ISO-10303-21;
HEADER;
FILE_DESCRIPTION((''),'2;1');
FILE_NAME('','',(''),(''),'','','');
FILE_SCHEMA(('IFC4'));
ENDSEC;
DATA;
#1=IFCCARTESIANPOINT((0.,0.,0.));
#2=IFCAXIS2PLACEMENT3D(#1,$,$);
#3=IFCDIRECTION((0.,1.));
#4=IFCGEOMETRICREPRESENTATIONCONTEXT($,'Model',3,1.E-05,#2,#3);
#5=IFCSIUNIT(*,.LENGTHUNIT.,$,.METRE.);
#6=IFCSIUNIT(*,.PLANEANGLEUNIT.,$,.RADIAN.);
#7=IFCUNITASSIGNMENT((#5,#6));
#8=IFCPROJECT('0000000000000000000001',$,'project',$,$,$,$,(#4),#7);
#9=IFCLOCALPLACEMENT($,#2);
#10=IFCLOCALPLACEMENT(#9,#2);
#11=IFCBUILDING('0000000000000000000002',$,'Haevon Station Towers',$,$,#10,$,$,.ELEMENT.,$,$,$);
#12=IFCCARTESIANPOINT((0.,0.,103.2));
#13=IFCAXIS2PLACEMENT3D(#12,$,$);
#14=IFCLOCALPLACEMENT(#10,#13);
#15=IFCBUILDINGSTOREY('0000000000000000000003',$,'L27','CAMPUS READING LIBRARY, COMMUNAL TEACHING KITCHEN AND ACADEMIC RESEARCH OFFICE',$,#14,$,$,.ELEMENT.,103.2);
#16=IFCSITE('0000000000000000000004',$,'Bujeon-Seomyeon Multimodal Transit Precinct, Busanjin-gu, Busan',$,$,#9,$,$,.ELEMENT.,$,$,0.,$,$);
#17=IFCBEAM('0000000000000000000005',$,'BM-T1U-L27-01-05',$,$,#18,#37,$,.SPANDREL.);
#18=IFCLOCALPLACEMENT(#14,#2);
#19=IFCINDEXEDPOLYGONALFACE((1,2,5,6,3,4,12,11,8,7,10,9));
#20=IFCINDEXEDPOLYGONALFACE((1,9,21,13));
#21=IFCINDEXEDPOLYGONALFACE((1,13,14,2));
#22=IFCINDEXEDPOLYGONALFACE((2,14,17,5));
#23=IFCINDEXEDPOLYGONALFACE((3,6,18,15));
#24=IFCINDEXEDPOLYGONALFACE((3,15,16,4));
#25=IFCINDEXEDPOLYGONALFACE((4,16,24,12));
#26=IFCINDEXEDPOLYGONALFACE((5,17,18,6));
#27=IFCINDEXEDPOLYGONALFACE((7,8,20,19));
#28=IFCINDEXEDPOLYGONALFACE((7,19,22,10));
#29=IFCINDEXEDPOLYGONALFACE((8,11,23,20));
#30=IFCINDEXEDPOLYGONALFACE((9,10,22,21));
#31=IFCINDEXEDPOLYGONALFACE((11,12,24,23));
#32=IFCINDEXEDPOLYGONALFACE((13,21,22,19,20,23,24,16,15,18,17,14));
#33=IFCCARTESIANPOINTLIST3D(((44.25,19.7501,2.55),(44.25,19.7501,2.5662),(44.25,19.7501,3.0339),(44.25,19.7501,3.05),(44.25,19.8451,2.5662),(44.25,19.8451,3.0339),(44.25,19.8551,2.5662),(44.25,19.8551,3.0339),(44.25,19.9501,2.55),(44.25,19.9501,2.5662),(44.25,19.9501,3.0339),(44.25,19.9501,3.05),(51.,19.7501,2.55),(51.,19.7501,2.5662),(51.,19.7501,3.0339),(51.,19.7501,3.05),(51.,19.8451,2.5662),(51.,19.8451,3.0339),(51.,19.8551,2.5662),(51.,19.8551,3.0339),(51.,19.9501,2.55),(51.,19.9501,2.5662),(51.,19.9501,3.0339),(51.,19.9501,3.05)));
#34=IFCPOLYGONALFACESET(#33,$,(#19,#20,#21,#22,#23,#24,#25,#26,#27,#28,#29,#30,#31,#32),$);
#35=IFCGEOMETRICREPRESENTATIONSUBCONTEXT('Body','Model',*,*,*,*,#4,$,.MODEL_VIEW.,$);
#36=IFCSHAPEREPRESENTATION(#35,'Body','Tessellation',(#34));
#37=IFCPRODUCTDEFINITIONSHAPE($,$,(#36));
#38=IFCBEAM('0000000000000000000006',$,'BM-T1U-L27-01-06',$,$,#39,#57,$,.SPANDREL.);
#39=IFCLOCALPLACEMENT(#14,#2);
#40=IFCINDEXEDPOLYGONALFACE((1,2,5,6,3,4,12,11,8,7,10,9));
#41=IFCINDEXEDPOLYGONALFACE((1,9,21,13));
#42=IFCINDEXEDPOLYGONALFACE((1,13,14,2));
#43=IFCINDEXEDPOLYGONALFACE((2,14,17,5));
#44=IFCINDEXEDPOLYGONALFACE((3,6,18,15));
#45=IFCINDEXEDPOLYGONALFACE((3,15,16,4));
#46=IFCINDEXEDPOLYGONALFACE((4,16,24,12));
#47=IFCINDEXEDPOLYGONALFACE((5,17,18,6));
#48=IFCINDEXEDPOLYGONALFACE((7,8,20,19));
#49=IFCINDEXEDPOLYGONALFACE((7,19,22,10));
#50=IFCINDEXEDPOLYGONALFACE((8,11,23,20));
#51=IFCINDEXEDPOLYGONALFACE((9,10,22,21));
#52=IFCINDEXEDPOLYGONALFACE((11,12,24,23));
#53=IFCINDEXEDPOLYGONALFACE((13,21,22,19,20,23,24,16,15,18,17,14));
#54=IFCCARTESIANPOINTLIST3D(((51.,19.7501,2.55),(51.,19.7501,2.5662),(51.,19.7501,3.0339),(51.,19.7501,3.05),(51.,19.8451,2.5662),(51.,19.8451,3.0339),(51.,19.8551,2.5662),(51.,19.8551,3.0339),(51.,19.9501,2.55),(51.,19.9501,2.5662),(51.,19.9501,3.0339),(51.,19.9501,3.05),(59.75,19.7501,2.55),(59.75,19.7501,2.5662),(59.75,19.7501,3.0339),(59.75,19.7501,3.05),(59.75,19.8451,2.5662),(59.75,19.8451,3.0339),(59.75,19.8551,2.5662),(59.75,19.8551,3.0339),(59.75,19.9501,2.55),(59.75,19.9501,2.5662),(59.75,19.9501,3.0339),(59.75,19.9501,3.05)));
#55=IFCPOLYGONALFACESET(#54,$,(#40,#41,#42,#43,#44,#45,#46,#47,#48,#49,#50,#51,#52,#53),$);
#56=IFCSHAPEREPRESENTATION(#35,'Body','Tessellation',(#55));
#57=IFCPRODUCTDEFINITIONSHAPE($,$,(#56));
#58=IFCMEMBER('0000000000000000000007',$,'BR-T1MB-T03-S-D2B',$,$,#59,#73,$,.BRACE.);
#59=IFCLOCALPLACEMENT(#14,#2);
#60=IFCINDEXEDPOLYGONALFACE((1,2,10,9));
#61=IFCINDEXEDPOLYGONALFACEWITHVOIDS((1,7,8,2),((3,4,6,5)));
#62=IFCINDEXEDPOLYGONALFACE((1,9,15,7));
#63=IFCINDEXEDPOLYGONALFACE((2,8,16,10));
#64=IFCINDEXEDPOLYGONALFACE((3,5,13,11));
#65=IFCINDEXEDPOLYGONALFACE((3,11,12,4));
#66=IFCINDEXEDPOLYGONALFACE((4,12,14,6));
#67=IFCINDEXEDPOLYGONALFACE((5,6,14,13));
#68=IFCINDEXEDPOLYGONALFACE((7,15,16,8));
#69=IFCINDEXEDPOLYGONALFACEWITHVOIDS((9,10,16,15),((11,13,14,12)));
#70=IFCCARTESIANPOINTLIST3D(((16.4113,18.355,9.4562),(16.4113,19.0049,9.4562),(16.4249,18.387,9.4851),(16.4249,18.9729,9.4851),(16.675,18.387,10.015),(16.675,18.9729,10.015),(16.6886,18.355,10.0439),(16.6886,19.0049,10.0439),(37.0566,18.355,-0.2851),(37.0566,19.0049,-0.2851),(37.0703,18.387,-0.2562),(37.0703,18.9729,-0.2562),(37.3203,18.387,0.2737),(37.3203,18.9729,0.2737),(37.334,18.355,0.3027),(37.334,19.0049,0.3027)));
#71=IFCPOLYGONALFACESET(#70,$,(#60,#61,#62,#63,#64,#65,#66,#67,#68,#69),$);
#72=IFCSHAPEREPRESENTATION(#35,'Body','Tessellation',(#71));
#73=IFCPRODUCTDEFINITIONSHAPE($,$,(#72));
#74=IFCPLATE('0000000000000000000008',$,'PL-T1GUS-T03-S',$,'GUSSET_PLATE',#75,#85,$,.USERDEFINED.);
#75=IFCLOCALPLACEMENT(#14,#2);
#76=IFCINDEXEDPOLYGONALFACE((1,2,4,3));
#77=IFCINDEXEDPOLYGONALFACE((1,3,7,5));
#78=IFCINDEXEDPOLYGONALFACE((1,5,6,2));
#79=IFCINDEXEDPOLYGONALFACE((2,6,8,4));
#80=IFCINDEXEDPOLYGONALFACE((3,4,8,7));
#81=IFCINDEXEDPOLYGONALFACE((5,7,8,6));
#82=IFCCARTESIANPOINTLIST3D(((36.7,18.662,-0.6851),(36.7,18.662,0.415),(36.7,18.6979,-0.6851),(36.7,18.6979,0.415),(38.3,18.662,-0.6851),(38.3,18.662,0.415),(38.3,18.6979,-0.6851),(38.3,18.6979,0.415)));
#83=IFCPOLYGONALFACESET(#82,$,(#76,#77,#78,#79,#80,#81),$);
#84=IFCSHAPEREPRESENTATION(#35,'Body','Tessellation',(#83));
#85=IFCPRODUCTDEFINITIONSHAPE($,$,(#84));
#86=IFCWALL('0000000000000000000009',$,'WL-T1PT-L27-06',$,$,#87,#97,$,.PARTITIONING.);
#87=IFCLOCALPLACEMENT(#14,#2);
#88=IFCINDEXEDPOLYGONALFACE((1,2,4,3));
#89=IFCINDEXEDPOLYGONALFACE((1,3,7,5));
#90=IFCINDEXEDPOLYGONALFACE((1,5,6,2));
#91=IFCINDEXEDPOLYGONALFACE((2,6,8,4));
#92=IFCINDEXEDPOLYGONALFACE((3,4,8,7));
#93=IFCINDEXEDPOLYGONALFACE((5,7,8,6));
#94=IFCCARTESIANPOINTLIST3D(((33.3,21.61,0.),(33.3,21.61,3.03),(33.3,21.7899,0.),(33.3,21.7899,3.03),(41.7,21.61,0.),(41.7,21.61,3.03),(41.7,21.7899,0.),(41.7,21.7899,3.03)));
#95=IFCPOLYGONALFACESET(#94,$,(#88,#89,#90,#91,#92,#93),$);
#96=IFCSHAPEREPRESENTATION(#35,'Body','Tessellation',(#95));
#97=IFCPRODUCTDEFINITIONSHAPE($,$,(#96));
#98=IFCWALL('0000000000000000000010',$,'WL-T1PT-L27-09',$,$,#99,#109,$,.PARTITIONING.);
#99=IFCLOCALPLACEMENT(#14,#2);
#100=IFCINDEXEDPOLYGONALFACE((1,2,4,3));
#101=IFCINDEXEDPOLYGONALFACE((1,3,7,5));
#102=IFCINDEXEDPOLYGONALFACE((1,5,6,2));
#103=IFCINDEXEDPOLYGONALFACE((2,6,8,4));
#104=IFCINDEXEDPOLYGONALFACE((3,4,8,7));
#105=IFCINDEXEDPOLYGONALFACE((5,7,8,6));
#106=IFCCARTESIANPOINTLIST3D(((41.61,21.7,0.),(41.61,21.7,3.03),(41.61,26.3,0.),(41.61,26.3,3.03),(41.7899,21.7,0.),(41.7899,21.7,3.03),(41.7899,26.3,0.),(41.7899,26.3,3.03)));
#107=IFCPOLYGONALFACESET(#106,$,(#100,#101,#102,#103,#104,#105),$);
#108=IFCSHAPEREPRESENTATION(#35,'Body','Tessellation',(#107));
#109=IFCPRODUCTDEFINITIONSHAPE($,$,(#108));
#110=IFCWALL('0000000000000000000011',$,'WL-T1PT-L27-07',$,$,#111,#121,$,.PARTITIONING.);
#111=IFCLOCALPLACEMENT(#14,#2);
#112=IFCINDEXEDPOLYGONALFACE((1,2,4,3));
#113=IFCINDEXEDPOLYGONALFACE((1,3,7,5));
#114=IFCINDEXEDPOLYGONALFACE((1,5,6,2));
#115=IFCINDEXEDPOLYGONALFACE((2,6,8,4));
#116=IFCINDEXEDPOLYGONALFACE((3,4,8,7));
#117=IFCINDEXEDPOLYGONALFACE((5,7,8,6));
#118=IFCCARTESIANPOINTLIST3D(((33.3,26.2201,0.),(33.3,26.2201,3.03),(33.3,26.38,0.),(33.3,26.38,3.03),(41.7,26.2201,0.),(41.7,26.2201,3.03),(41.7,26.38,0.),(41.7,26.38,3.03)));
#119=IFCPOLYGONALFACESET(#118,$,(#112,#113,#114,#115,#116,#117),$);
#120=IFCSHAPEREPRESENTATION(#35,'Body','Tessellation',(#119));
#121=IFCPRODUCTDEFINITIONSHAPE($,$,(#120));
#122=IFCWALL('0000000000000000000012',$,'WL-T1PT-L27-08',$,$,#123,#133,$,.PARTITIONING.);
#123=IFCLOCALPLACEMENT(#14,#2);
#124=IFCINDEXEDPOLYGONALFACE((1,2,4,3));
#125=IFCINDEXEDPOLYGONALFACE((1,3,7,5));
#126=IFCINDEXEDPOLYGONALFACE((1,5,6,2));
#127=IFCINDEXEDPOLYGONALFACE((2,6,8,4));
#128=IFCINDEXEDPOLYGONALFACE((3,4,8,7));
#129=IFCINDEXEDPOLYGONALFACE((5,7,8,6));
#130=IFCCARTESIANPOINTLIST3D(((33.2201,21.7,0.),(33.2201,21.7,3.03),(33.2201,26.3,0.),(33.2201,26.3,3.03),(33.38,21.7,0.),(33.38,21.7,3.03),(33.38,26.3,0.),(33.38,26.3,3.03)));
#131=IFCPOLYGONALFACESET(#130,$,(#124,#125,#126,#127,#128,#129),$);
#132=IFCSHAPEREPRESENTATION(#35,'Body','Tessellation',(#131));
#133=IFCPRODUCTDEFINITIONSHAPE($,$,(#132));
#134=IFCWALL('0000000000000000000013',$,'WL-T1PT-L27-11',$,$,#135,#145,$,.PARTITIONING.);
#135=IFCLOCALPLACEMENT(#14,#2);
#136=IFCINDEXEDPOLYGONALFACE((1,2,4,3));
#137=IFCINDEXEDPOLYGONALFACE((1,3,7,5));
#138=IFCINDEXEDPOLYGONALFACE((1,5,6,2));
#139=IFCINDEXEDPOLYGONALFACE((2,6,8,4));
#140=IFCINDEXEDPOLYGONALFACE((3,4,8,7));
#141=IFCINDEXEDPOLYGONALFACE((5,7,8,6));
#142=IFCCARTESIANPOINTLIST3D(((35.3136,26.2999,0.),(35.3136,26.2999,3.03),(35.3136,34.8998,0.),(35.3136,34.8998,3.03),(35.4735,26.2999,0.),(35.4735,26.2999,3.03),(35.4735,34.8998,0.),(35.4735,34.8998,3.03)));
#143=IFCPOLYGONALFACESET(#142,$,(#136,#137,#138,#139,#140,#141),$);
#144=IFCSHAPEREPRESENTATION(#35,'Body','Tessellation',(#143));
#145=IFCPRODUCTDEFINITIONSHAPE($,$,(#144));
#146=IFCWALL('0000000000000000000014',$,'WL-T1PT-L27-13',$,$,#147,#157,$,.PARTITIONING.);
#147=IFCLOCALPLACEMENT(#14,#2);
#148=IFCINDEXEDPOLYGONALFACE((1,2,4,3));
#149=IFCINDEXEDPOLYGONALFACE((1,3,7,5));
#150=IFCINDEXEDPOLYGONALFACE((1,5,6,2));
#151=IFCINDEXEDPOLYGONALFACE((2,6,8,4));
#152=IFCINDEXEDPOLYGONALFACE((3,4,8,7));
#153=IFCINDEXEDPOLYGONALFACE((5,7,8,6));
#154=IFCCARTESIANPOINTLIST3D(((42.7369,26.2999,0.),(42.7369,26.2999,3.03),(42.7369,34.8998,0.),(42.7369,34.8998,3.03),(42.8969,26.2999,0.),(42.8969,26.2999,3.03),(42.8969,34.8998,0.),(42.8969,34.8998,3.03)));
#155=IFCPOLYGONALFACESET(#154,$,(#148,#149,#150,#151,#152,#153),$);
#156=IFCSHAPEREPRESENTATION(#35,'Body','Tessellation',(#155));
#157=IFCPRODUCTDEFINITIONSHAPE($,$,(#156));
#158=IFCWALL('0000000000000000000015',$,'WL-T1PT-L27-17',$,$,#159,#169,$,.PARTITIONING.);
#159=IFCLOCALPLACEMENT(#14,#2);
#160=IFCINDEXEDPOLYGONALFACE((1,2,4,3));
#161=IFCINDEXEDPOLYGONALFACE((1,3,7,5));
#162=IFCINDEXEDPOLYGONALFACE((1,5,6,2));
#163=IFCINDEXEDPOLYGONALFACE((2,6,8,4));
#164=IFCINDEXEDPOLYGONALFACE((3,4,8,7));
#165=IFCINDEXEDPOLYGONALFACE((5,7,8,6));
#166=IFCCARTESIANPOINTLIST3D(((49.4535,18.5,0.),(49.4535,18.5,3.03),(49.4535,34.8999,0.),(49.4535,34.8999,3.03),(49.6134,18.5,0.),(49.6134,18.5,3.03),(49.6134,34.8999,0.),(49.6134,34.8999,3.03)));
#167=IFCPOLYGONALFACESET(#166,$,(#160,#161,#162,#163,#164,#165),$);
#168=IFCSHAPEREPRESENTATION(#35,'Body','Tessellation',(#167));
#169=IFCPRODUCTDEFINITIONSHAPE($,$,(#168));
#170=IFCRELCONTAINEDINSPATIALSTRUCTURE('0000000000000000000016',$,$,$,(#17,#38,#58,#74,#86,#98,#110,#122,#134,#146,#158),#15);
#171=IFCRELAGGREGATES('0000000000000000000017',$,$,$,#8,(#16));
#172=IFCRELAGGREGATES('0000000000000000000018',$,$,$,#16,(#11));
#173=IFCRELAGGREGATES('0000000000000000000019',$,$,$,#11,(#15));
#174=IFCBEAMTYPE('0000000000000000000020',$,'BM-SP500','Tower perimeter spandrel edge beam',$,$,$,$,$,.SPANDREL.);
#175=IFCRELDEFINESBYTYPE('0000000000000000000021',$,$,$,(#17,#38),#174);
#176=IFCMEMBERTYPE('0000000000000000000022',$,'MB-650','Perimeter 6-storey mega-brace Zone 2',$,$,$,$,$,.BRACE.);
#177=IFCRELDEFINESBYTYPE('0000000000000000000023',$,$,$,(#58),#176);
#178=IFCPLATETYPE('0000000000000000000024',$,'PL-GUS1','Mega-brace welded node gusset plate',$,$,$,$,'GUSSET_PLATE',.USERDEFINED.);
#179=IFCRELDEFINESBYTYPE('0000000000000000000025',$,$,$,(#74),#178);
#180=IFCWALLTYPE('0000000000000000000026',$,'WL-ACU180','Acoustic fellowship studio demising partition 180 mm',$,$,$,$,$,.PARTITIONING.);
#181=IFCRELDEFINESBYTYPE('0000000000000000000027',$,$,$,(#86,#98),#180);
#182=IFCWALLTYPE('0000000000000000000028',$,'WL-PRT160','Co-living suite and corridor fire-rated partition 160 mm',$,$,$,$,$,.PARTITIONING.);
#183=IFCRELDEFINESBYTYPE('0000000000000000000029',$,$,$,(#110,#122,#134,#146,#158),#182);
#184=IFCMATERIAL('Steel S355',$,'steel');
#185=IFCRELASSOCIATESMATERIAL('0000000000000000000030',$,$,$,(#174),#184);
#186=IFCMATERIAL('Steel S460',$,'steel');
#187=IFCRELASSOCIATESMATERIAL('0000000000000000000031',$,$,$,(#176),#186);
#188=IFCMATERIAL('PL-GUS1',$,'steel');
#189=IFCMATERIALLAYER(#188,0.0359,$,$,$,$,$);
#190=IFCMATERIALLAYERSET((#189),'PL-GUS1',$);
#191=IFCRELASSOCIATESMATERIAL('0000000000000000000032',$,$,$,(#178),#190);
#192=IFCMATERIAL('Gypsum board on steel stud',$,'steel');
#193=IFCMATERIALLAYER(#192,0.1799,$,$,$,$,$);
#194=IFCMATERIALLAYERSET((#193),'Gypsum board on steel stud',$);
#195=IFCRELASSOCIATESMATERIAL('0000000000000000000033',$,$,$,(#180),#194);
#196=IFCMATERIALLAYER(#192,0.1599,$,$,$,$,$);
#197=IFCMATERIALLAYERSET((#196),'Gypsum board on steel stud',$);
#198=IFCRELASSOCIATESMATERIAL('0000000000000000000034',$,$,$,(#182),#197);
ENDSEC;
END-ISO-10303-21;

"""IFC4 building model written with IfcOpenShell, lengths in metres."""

from ifc_helpers import new_model, si_unit, direction, frame, frame_2d, origin, origin_2d, place, context, subcontext, project, spatial, rectangle, hollow_rectangle, i_section, extrude, material, layer, layer_set, material_profile, profile_set, type_object, element, save


model = new_model("IFC4")

# Units and contexts
model_context = context("Model", 3, precision=1e-05, world=origin(), true_north=direction((0.0, 1.0)))
body_context = subcontext(model_context, "Body", "Model", "MODEL_VIEW")
ifc_project = project(units=[si_unit("LENGTHUNIT", "METRE"), si_unit("PLANEANGLEUNIT", "RADIAN")], contexts=[model_context])

# Site, building, storey
site_placement = place(None, origin())
site = spatial("IfcSite", under=ifc_project, at=site_placement, Name="Bujeon-Seomyeon Multimodal Transit Precinct, Busanjin-gu, Busan", CompositionType="ELEMENT", RefElevation=0.0)
building_placement = place(site_placement, origin())
building = spatial("IfcBuilding", under=site, at=building_placement, Name="Haevon Station Towers", CompositionType="ELEMENT")
storey_placement = place(building_placement, frame((0.0, 0.0, 103.2)))
storey = spatial("IfcBuildingStorey", under=building, at=storey_placement, Name="L27", Description="CAMPUS READING LIBRARY, COMMUNAL TEACHING KITCHEN AND ACADEMIC RESEARCH OFFICE", CompositionType="ELEMENT", Elevation=103.2)

# Shared definitions
ifc_material_1 = material(Name="Steel S460", Category="steel")

# Beams
ifc_material_2 = material(Name="Steel S355", Category="steel")
ifc_material_profile_1 = material_profile(ifc_material_2, i_section(OverallWidth=0.2, OverallDepth=0.5, WebThickness=0.01, FlangeThickness=0.0161, at=origin_2d()), Name="H-500x200x10x16")
ifc_profile_set_1 = profile_set([ifc_material_profile_1], Name="Steel S355")
beam_type_1 = type_object("IfcBeamType", Name="BM-SP500", Description="Tower perimeter spandrel edge beam", PredefinedType="SPANDREL", material=ifc_profile_set_1)
for number, where, z_axis, x_axis, name in (
    (1, (44.25, 19.8501, 2.8), (1.0, 0.0, 0.0), (0.0, 1.0, 0.0), "BM-T1U-L27-01-05"),
):
    element("IfcBeam", number, at=place(storey_placement, frame(where, z_axis=z_axis, x_axis=x_axis)), inside=storey, type_object=beam_type_1, Name=name, PredefinedType="SPANDREL", context=body_context, shape_type="SweptSolid", body=[
        extrude(i_section(OverallWidth=0.2, OverallDepth=0.5, WebThickness=0.01, FlangeThickness=0.0161, at=origin_2d()), origin(), (0.0, 0.0, 1.0), 6.75),
    ])
beam_1_placement = place(storey_placement, frame((51.0, 19.8501, 2.8), z_axis=(1.0, 0.0, 0.0), x_axis=(0.0, 1.0, 0.0)))
element("IfcBeam", 2, at=beam_1_placement, inside=storey, type_object=beam_type_1, Name="BM-T1U-L27-01-06", PredefinedType="SPANDREL", context=body_context, shape_type="SweptSolid", body=[
    extrude(i_section(OverallWidth=0.2, OverallDepth=0.5, WebThickness=0.01, FlangeThickness=0.0161, at=origin_2d()), origin(), (0.0, 0.0, 1.0), 8.75),
])

# Member
ifc_material_profile_2 = material_profile(ifc_material_1, hollow_rectangle(XDim=0.6499, YDim=0.6499, WallThickness=0.032, at=origin_2d()), Name="RHS-650x650x32")
ifc_profile_set_2 = profile_set([ifc_material_profile_2], Name="Steel S460")
member_type = type_object("IfcMemberType", Name="MB-650", Description="Perimeter 6-storey mega-brace Zone 2", PredefinedType="BRACE", material=ifc_profile_set_2)
member_placement = place(storey_placement, frame((37.1953, 18.6799, 0.0088), z_axis=(-0.904383, 0.0, 0.426722), x_axis=(0.0, -1.0, 0.0)))
element("IfcMember", 3, at=member_placement, inside=storey, type_object=member_type, Name="BR-T1MB-T03-S-D2B", PredefinedType="BRACE", context=body_context, shape_type="SweptSolid", body=[
    extrude(hollow_rectangle(XDim=0.6499, YDim=0.6499, WallThickness=0.032, at=origin_2d()), origin(), (0.0, 0.0, 1.0), 22.8281),
])

# Plate
ifc_material_3 = material(Name="PL-GUS1", Category="steel")
ifc_layer_1 = layer(ifc_material_3, 0.0359)
ifc_layer_set_1 = layer_set([ifc_layer_1], Name="PL-GUS1")
plate_type = type_object("IfcPlateType", Name="PL-GUS1", Description="Mega-brace welded node gusset plate", ElementType="GUSSET_PLATE", PredefinedType="USERDEFINED", material=ifc_layer_set_1)
plate_placement = place(storey_placement, frame((37.5, 18.6799, -0.6851), z_axis=(0.0, 0.0, 1.0), x_axis=(1.0, 0.0, 0.0)))
element("IfcPlate", 4, at=plate_placement, inside=storey, type_object=plate_type, Name="PL-T1GUS-T03-S", ObjectType="GUSSET_PLATE", PredefinedType="USERDEFINED", context=body_context, shape_type="SweptSolid", body=[
    extrude(rectangle(XDim=1.6001, YDim=0.0359, at=origin_2d()), origin(), (0.0, 0.0, 1.0), 1.1001),
])

# Walls
ifc_material_4 = material(Name="Gypsum board on steel stud", Category="steel")
ifc_layer_2 = layer(ifc_material_4, 0.1799)
ifc_layer_set_2 = layer_set([ifc_layer_2], Name="Gypsum board on steel stud")
wall_type_1 = type_object("IfcWallType", Name="WL-ACU180", Description="Acoustic fellowship studio demising partition 180 mm", PredefinedType="PARTITIONING", material=ifc_layer_set_2)
wall_1_placement = place(storey_placement, frame((33.3, 21.7, 0.0), z_axis=(0.0, 0.0, 1.0), x_axis=(1.0, 0.0, 0.0)))
element("IfcWall", 5, at=wall_1_placement, inside=storey, type_object=wall_type_1, Name="WL-T1PT-L27-06", PredefinedType="PARTITIONING", context=body_context, shape_type="SweptSolid", body=[
    extrude(rectangle(XDim=8.3999, YDim=0.1799, at=frame_2d((4.2, 0.0))), origin(), (0.0, 0.0, 1.0), 3.03),
])
wall_2_placement = place(storey_placement, frame((41.7, 21.7, 0.0), z_axis=(0.0, 0.0, 1.0), x_axis=(0.0, 1.0, 0.0)))
element("IfcWall", 6, at=wall_2_placement, inside=storey, type_object=wall_type_1, Name="WL-T1PT-L27-09", PredefinedType="PARTITIONING", context=body_context, shape_type="SweptSolid", body=[
    extrude(rectangle(XDim=4.6001, YDim=0.1799, at=frame_2d((2.3, 0.0))), origin(), (0.0, 0.0, 1.0), 3.03),
])
ifc_layer_3 = layer(ifc_material_4, 0.1599)
ifc_layer_set_3 = layer_set([ifc_layer_3], Name="Gypsum board on steel stud")
wall_type_2 = type_object("IfcWallType", Name="WL-PRT160", Description="Co-living suite and corridor fire-rated partition 160 mm", PredefinedType="PARTITIONING", material=ifc_layer_set_3)
wall_3_placement = place(storey_placement, frame((33.3, 26.3, 0.0), z_axis=(0.0, 0.0, 1.0), x_axis=(1.0, 0.0, 0.0)))
element("IfcWall", 7, at=wall_3_placement, inside=storey, type_object=wall_type_2, Name="WL-T1PT-L27-07", PredefinedType="PARTITIONING", context=body_context, shape_type="SweptSolid", body=[
    extrude(rectangle(XDim=8.3999, YDim=0.1599, at=frame_2d((4.2, 0.0))), origin(), (0.0, 0.0, 1.0), 3.03),
])
wall_4_placement = place(storey_placement, frame((33.3, 21.7, 0.0), z_axis=(0.0, 0.0, 1.0), x_axis=(0.0, 1.0, 0.0)))
element("IfcWall", 8, at=wall_4_placement, inside=storey, type_object=wall_type_2, Name="WL-T1PT-L27-08", PredefinedType="PARTITIONING", context=body_context, shape_type="SweptSolid", body=[
    extrude(rectangle(XDim=4.6001, YDim=0.1599, at=frame_2d((2.3, 0.0))), origin(), (0.0, 0.0, 1.0), 3.03),
])
for number, where, z_axis, x_axis, name in (
    (9, (35.3936, 26.3, 0.0), (0.0, 0.0, 1.0), (0.0, 1.0, 0.0), "WL-T1PT-L27-11"),
    (10, (42.8169, 26.3, 0.0), (0.0, 0.0, 1.0), (0.0, 1.0, 0.0), "WL-T1PT-L27-13"),
):
    element("IfcWall", number, at=place(storey_placement, frame(where, z_axis=z_axis, x_axis=x_axis)), inside=storey, type_object=wall_type_2, Name=name, PredefinedType="PARTITIONING", context=body_context, shape_type="SweptSolid", body=[
        extrude(rectangle(XDim=8.5999, YDim=0.1599, at=frame_2d((4.2998, 0.0))), origin(), (0.0, 0.0, 1.0), 3.03),
    ])
wall_5_placement = place(storey_placement, frame((49.5334, 18.5, 0.0), z_axis=(0.0, 0.0, 1.0), x_axis=(0.0, 1.0, 0.0)))
element("IfcWall", 11, at=wall_5_placement, inside=storey, type_object=wall_type_2, Name="WL-T1PT-L27-17", PredefinedType="PARTITIONING", context=body_context, shape_type="SweptSolid", body=[
    extrude(rectangle(XDim=16.3999, YDim=0.1599, at=frame_2d((8.2, 0.0))), origin(), (0.0, 0.0, 1.0), 3.03),
])

save(model, "model.ifc")
